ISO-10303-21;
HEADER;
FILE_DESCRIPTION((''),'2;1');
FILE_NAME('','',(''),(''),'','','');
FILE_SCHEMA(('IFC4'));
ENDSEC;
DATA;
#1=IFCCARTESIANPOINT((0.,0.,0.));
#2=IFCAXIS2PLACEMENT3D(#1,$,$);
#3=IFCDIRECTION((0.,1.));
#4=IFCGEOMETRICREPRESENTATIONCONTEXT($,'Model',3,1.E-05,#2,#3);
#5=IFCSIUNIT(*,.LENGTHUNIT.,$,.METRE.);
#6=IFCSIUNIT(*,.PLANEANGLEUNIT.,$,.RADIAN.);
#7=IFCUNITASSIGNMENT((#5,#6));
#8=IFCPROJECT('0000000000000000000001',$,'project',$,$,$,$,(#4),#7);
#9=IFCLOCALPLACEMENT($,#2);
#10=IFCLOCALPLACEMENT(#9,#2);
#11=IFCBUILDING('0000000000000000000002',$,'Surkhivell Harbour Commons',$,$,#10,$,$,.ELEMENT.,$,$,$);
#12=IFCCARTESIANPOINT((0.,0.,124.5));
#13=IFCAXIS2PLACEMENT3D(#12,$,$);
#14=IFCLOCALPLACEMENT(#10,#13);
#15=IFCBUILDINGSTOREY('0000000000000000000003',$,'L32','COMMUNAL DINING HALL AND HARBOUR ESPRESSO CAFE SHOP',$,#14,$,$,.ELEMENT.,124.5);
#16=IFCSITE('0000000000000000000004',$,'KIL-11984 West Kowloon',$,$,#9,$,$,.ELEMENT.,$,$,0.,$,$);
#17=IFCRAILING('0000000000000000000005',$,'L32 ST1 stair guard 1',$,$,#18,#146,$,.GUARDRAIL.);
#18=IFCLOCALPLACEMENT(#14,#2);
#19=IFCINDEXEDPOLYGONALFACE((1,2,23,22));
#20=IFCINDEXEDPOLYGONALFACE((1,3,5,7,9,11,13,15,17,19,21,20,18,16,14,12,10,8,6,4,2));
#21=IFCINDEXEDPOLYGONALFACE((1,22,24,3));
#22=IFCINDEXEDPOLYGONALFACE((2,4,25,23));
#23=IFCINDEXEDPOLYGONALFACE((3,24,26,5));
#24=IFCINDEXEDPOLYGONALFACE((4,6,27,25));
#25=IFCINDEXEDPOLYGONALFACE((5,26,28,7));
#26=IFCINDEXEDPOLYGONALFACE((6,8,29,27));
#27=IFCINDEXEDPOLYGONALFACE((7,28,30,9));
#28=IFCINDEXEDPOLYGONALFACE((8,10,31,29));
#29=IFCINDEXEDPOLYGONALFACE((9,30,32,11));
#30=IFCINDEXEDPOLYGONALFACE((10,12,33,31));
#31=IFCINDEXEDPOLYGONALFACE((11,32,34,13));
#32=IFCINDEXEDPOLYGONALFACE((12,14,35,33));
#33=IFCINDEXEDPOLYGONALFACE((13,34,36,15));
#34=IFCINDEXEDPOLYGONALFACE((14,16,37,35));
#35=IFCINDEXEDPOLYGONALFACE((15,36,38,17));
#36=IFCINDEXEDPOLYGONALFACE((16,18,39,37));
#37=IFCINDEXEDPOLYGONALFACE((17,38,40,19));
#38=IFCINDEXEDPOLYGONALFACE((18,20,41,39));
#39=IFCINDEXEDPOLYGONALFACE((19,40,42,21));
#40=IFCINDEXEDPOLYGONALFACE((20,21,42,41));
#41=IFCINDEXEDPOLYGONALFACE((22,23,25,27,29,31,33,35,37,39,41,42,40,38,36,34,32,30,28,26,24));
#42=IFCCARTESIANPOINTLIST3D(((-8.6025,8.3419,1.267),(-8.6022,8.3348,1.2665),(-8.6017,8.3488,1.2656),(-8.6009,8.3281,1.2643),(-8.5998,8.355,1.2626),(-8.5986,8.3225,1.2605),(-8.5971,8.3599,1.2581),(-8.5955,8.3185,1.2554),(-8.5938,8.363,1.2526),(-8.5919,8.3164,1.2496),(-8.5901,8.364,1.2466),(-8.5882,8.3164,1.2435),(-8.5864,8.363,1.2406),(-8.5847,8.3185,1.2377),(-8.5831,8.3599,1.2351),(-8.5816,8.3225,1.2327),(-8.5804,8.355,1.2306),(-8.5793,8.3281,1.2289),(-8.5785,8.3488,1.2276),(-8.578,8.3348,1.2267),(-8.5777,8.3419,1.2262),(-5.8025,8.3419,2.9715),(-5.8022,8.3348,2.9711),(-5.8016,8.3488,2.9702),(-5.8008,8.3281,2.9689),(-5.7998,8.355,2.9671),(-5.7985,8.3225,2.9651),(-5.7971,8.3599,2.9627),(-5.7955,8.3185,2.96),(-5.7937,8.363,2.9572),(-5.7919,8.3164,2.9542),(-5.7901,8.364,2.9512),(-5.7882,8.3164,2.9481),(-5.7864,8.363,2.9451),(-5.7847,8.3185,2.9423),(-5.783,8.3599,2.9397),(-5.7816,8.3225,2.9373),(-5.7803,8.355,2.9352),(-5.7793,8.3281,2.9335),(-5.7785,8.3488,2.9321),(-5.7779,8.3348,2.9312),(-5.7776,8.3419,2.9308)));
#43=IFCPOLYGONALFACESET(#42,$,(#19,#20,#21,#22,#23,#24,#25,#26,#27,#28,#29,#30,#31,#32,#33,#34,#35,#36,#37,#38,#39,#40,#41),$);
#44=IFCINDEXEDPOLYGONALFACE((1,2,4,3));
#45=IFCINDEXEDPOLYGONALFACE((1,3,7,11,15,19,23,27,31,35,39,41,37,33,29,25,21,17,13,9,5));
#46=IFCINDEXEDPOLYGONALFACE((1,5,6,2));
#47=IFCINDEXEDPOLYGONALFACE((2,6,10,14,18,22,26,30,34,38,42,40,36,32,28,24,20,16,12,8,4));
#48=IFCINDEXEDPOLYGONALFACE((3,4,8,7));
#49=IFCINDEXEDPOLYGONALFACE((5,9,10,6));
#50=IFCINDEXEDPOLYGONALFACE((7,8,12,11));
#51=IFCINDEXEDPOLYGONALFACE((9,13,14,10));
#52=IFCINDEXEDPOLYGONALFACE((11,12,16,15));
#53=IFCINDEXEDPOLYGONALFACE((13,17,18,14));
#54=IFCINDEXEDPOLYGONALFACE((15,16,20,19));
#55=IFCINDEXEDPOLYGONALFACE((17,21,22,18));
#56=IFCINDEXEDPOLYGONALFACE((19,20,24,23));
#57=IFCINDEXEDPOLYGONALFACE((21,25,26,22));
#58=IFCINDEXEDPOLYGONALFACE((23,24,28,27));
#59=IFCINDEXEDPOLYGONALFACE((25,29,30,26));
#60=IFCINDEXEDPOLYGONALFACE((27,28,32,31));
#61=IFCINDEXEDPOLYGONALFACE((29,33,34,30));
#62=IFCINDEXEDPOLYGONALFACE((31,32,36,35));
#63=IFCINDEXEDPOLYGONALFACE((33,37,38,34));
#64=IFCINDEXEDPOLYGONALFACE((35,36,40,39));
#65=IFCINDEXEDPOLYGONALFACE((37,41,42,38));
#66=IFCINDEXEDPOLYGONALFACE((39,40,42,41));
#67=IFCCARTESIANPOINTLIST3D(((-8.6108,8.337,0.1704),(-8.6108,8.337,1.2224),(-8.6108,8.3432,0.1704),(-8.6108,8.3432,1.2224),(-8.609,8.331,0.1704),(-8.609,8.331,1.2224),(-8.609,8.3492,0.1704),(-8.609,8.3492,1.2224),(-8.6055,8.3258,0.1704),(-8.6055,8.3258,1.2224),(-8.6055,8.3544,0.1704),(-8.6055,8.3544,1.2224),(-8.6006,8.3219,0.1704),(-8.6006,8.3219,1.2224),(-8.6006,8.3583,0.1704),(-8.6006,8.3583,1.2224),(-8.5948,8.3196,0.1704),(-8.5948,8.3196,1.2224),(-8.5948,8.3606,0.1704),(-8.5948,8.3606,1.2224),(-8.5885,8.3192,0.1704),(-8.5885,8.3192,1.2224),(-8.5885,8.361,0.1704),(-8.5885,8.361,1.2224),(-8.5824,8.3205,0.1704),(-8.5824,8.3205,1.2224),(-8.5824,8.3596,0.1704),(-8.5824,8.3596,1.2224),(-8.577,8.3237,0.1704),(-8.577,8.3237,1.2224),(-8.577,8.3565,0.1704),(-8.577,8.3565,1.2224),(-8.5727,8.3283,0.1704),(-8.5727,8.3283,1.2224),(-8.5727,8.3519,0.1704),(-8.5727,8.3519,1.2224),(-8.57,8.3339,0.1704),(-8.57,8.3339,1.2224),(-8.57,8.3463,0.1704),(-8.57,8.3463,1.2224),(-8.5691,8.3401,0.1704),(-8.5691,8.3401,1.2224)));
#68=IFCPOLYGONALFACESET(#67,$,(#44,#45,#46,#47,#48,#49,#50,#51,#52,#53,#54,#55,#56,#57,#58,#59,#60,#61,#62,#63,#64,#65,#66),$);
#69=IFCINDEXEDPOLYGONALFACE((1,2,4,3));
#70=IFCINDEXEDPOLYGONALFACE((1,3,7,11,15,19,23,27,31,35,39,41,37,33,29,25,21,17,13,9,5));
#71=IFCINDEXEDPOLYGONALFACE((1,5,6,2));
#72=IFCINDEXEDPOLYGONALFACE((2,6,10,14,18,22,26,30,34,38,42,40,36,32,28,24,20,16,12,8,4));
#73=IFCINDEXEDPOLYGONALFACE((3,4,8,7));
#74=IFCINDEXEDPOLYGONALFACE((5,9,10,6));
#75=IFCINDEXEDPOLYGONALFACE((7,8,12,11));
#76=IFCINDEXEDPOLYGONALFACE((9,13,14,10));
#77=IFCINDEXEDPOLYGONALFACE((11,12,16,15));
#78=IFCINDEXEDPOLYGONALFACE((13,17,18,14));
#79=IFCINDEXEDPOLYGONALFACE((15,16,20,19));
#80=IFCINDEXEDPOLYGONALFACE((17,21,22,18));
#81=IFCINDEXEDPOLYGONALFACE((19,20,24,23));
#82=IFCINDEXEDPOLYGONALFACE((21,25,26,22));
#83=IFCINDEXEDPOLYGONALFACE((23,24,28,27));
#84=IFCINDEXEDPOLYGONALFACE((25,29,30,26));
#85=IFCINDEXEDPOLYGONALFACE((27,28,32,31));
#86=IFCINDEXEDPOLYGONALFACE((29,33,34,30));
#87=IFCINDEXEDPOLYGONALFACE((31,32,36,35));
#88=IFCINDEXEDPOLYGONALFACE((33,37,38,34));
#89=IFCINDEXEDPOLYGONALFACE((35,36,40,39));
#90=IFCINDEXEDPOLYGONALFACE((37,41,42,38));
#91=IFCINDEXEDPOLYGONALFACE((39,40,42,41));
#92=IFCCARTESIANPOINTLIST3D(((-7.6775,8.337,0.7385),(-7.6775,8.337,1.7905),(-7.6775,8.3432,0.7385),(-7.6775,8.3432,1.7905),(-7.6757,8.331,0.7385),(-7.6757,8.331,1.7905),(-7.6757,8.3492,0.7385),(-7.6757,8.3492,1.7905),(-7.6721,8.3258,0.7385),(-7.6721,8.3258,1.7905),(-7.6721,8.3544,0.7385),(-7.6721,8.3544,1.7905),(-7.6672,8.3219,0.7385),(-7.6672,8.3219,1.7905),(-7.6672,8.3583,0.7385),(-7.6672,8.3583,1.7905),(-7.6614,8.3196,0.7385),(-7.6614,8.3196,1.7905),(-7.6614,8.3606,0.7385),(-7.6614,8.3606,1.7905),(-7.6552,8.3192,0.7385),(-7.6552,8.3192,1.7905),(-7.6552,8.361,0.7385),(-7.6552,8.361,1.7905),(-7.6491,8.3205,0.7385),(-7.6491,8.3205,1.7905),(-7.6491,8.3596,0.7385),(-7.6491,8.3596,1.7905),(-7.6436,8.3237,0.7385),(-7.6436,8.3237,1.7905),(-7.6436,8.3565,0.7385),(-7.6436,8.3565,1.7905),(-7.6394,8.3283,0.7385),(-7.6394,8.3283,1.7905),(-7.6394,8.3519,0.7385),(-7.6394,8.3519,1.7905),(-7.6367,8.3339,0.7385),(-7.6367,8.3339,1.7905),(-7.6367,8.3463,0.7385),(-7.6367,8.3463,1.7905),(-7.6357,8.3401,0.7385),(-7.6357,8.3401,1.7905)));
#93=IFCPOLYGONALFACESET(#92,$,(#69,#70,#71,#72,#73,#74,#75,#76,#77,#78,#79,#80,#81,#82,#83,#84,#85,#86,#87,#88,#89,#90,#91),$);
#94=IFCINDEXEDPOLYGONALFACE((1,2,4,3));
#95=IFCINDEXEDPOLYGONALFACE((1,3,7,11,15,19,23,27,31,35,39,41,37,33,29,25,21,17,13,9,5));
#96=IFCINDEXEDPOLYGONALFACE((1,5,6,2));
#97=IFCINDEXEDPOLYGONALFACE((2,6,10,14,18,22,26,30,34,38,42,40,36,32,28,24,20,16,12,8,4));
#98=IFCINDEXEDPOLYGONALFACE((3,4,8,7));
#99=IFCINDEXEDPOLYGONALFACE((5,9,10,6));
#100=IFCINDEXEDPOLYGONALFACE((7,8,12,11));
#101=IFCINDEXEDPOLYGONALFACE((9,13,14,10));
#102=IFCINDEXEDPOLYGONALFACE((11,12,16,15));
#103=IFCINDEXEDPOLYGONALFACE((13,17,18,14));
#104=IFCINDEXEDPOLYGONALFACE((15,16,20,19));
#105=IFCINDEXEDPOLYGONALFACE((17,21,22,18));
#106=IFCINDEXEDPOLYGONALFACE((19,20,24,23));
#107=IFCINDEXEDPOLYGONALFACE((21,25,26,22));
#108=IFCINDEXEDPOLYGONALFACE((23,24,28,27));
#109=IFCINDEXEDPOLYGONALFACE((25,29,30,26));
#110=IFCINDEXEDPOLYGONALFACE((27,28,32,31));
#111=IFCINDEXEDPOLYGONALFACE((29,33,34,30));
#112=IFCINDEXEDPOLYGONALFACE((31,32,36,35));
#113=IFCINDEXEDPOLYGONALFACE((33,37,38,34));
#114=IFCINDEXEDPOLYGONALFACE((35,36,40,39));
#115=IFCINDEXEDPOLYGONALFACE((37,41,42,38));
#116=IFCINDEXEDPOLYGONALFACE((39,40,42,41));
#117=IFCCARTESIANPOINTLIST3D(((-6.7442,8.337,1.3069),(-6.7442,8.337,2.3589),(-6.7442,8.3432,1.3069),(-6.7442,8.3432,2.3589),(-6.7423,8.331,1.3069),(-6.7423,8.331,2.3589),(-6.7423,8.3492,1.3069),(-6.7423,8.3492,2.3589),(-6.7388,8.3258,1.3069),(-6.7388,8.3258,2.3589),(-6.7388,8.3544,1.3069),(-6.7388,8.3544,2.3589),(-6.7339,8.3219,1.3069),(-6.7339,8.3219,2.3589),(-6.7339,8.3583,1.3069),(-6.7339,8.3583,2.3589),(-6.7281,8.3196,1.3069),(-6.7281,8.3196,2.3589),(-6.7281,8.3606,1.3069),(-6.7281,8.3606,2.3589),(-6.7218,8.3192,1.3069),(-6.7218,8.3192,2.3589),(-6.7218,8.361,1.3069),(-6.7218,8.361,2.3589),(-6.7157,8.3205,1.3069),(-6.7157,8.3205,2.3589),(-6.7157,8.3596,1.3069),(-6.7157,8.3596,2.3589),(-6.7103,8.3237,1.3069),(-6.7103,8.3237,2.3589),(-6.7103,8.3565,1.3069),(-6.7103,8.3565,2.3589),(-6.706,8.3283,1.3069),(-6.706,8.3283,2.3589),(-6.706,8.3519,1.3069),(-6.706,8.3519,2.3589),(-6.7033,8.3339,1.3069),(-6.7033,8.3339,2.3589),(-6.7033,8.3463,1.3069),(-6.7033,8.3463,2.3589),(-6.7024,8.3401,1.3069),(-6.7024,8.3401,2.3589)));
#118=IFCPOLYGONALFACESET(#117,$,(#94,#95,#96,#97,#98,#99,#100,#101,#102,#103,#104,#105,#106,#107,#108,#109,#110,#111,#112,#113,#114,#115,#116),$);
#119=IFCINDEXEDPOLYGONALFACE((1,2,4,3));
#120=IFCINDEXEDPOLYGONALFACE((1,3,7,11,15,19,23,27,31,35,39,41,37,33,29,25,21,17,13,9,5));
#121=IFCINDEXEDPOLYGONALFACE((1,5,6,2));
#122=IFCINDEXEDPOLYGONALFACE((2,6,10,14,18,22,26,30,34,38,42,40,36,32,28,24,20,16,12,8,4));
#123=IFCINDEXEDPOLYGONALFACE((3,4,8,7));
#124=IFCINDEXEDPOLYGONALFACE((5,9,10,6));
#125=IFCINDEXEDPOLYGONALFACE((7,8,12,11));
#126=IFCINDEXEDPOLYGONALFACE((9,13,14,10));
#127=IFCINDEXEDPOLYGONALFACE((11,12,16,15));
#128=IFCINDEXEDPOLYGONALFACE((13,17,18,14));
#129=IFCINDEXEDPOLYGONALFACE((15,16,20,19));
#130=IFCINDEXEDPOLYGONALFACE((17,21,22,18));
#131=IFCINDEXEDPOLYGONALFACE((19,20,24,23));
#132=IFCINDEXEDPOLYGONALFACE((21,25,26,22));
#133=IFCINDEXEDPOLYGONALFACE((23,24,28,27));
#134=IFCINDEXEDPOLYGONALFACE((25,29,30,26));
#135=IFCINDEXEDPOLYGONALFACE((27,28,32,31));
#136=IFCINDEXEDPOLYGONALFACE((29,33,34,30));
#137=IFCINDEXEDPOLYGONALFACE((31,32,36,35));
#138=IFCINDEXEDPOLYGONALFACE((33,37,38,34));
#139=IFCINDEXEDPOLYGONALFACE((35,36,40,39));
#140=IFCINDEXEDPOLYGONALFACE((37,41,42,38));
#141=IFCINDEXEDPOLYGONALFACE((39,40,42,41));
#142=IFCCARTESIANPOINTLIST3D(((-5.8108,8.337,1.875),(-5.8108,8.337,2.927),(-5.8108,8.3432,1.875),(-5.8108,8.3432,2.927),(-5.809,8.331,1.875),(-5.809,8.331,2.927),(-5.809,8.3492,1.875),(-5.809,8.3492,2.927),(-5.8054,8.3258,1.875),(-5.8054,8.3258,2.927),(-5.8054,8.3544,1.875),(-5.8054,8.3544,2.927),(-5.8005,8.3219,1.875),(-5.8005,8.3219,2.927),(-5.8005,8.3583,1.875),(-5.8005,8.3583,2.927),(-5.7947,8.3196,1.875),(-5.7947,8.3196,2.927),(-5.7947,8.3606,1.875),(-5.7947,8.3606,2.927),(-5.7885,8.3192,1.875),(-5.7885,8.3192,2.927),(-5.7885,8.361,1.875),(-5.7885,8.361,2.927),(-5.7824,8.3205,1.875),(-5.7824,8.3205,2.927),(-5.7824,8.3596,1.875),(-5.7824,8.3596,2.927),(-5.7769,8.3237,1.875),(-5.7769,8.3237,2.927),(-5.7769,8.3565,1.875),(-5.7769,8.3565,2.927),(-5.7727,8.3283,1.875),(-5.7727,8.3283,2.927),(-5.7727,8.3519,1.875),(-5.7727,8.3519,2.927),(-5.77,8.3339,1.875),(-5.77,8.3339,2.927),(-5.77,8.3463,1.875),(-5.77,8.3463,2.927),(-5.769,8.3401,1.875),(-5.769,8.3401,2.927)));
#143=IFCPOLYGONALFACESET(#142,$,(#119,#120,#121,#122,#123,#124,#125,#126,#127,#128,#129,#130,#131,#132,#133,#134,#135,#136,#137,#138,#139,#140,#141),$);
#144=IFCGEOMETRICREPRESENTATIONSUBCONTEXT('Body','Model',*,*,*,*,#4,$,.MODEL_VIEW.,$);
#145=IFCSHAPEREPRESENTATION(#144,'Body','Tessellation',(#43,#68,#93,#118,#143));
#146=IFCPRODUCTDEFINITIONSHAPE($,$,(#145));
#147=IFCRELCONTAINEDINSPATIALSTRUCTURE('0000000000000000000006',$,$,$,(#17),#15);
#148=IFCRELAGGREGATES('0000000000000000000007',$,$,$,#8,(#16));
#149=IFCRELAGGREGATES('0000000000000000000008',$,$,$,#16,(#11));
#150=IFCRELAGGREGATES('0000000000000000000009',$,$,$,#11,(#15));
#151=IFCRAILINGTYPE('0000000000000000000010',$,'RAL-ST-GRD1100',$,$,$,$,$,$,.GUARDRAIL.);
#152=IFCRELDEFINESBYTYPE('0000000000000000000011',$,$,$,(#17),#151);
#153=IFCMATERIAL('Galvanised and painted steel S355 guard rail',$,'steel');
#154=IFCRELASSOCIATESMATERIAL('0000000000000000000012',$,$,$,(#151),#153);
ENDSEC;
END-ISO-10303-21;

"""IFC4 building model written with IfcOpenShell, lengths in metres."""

from ifc_helpers import new_model, si_unit, direction, frame, origin, origin_2d, place, context, subcontext, project, spatial, circle, extrude, material, type_object, element, save


model = new_model("IFC4")

# Units and contexts
model_context = context("Model", 3, precision=1e-05, world=origin(), true_north=direction((0.0, 1.0)))
body_context = subcontext(model_context, "Body", "Model", "MODEL_VIEW")
ifc_project = project(units=[si_unit("LENGTHUNIT", "METRE"), si_unit("PLANEANGLEUNIT", "RADIAN")], contexts=[model_context])

# Site, building, storey
site_placement = place(None, origin())
site = spatial("IfcSite", under=ifc_project, at=site_placement, Name="KIL-11984 West Kowloon", CompositionType="ELEMENT", RefElevation=0.0)
building_placement = place(site_placement, origin())
building = spatial("IfcBuilding", under=site, at=building_placement, Name="Surkhivell Harbour Commons", CompositionType="ELEMENT")
storey_placement = place(building_placement, frame((0.0, 0.0, 124.5)))
storey = spatial("IfcBuildingStorey", under=building, at=storey_placement, Name="L32", Description="COMMUNAL DINING HALL AND HARBOUR ESPRESSO CAFE SHOP", CompositionType="ELEMENT", Elevation=124.5)

# Railing
ifc_material_1 = material(Name="Galvanised and painted steel S355 guard rail", Category="steel")
railing_type_1 = type_object("IfcRailingType", Name="RAL-ST-GRD1100", PredefinedType="GUARDRAIL", material=ifc_material_1)
railing_1_placement = place(storey_placement, frame((-8.5901, 8.3401, 0.1704)))
element("IfcRailing", 1, at=railing_1_placement, inside=storey, type_object=railing_type_1, Name="L32 ST1 stair guard 1", PredefinedType="GUARDRAIL", context=body_context, shape_type="SweptSolid", body=[
    extrude(circle(Radius=0.0239, at=origin_2d()), frame((0.0, 0.0, 1.0762), z_axis=(0.85417, 0.0, 0.519994), x_axis=(0.0, 1.0, 0.0)), (0.0, 0.0, 1.0), 3.2781),
    extrude(circle(Radius=0.021, at=origin_2d()), origin(), (0.0, 0.0, 1.0), 1.052),
    extrude(circle(Radius=0.021, at=origin_2d()), frame((0.9333, 0.0, 0.5681)), (0.0, 0.0, 1.0), 1.052),
    extrude(circle(Radius=0.021, at=origin_2d()), frame((1.8667, 0.0, 1.1365)), (0.0, 0.0, 1.0), 1.052),
    extrude(circle(Radius=0.021, at=origin_2d()), frame((2.8, 0.0, 1.7046)), (0.0, 0.0, 1.0), 1.052),
])

save(model, "model.ifc")
